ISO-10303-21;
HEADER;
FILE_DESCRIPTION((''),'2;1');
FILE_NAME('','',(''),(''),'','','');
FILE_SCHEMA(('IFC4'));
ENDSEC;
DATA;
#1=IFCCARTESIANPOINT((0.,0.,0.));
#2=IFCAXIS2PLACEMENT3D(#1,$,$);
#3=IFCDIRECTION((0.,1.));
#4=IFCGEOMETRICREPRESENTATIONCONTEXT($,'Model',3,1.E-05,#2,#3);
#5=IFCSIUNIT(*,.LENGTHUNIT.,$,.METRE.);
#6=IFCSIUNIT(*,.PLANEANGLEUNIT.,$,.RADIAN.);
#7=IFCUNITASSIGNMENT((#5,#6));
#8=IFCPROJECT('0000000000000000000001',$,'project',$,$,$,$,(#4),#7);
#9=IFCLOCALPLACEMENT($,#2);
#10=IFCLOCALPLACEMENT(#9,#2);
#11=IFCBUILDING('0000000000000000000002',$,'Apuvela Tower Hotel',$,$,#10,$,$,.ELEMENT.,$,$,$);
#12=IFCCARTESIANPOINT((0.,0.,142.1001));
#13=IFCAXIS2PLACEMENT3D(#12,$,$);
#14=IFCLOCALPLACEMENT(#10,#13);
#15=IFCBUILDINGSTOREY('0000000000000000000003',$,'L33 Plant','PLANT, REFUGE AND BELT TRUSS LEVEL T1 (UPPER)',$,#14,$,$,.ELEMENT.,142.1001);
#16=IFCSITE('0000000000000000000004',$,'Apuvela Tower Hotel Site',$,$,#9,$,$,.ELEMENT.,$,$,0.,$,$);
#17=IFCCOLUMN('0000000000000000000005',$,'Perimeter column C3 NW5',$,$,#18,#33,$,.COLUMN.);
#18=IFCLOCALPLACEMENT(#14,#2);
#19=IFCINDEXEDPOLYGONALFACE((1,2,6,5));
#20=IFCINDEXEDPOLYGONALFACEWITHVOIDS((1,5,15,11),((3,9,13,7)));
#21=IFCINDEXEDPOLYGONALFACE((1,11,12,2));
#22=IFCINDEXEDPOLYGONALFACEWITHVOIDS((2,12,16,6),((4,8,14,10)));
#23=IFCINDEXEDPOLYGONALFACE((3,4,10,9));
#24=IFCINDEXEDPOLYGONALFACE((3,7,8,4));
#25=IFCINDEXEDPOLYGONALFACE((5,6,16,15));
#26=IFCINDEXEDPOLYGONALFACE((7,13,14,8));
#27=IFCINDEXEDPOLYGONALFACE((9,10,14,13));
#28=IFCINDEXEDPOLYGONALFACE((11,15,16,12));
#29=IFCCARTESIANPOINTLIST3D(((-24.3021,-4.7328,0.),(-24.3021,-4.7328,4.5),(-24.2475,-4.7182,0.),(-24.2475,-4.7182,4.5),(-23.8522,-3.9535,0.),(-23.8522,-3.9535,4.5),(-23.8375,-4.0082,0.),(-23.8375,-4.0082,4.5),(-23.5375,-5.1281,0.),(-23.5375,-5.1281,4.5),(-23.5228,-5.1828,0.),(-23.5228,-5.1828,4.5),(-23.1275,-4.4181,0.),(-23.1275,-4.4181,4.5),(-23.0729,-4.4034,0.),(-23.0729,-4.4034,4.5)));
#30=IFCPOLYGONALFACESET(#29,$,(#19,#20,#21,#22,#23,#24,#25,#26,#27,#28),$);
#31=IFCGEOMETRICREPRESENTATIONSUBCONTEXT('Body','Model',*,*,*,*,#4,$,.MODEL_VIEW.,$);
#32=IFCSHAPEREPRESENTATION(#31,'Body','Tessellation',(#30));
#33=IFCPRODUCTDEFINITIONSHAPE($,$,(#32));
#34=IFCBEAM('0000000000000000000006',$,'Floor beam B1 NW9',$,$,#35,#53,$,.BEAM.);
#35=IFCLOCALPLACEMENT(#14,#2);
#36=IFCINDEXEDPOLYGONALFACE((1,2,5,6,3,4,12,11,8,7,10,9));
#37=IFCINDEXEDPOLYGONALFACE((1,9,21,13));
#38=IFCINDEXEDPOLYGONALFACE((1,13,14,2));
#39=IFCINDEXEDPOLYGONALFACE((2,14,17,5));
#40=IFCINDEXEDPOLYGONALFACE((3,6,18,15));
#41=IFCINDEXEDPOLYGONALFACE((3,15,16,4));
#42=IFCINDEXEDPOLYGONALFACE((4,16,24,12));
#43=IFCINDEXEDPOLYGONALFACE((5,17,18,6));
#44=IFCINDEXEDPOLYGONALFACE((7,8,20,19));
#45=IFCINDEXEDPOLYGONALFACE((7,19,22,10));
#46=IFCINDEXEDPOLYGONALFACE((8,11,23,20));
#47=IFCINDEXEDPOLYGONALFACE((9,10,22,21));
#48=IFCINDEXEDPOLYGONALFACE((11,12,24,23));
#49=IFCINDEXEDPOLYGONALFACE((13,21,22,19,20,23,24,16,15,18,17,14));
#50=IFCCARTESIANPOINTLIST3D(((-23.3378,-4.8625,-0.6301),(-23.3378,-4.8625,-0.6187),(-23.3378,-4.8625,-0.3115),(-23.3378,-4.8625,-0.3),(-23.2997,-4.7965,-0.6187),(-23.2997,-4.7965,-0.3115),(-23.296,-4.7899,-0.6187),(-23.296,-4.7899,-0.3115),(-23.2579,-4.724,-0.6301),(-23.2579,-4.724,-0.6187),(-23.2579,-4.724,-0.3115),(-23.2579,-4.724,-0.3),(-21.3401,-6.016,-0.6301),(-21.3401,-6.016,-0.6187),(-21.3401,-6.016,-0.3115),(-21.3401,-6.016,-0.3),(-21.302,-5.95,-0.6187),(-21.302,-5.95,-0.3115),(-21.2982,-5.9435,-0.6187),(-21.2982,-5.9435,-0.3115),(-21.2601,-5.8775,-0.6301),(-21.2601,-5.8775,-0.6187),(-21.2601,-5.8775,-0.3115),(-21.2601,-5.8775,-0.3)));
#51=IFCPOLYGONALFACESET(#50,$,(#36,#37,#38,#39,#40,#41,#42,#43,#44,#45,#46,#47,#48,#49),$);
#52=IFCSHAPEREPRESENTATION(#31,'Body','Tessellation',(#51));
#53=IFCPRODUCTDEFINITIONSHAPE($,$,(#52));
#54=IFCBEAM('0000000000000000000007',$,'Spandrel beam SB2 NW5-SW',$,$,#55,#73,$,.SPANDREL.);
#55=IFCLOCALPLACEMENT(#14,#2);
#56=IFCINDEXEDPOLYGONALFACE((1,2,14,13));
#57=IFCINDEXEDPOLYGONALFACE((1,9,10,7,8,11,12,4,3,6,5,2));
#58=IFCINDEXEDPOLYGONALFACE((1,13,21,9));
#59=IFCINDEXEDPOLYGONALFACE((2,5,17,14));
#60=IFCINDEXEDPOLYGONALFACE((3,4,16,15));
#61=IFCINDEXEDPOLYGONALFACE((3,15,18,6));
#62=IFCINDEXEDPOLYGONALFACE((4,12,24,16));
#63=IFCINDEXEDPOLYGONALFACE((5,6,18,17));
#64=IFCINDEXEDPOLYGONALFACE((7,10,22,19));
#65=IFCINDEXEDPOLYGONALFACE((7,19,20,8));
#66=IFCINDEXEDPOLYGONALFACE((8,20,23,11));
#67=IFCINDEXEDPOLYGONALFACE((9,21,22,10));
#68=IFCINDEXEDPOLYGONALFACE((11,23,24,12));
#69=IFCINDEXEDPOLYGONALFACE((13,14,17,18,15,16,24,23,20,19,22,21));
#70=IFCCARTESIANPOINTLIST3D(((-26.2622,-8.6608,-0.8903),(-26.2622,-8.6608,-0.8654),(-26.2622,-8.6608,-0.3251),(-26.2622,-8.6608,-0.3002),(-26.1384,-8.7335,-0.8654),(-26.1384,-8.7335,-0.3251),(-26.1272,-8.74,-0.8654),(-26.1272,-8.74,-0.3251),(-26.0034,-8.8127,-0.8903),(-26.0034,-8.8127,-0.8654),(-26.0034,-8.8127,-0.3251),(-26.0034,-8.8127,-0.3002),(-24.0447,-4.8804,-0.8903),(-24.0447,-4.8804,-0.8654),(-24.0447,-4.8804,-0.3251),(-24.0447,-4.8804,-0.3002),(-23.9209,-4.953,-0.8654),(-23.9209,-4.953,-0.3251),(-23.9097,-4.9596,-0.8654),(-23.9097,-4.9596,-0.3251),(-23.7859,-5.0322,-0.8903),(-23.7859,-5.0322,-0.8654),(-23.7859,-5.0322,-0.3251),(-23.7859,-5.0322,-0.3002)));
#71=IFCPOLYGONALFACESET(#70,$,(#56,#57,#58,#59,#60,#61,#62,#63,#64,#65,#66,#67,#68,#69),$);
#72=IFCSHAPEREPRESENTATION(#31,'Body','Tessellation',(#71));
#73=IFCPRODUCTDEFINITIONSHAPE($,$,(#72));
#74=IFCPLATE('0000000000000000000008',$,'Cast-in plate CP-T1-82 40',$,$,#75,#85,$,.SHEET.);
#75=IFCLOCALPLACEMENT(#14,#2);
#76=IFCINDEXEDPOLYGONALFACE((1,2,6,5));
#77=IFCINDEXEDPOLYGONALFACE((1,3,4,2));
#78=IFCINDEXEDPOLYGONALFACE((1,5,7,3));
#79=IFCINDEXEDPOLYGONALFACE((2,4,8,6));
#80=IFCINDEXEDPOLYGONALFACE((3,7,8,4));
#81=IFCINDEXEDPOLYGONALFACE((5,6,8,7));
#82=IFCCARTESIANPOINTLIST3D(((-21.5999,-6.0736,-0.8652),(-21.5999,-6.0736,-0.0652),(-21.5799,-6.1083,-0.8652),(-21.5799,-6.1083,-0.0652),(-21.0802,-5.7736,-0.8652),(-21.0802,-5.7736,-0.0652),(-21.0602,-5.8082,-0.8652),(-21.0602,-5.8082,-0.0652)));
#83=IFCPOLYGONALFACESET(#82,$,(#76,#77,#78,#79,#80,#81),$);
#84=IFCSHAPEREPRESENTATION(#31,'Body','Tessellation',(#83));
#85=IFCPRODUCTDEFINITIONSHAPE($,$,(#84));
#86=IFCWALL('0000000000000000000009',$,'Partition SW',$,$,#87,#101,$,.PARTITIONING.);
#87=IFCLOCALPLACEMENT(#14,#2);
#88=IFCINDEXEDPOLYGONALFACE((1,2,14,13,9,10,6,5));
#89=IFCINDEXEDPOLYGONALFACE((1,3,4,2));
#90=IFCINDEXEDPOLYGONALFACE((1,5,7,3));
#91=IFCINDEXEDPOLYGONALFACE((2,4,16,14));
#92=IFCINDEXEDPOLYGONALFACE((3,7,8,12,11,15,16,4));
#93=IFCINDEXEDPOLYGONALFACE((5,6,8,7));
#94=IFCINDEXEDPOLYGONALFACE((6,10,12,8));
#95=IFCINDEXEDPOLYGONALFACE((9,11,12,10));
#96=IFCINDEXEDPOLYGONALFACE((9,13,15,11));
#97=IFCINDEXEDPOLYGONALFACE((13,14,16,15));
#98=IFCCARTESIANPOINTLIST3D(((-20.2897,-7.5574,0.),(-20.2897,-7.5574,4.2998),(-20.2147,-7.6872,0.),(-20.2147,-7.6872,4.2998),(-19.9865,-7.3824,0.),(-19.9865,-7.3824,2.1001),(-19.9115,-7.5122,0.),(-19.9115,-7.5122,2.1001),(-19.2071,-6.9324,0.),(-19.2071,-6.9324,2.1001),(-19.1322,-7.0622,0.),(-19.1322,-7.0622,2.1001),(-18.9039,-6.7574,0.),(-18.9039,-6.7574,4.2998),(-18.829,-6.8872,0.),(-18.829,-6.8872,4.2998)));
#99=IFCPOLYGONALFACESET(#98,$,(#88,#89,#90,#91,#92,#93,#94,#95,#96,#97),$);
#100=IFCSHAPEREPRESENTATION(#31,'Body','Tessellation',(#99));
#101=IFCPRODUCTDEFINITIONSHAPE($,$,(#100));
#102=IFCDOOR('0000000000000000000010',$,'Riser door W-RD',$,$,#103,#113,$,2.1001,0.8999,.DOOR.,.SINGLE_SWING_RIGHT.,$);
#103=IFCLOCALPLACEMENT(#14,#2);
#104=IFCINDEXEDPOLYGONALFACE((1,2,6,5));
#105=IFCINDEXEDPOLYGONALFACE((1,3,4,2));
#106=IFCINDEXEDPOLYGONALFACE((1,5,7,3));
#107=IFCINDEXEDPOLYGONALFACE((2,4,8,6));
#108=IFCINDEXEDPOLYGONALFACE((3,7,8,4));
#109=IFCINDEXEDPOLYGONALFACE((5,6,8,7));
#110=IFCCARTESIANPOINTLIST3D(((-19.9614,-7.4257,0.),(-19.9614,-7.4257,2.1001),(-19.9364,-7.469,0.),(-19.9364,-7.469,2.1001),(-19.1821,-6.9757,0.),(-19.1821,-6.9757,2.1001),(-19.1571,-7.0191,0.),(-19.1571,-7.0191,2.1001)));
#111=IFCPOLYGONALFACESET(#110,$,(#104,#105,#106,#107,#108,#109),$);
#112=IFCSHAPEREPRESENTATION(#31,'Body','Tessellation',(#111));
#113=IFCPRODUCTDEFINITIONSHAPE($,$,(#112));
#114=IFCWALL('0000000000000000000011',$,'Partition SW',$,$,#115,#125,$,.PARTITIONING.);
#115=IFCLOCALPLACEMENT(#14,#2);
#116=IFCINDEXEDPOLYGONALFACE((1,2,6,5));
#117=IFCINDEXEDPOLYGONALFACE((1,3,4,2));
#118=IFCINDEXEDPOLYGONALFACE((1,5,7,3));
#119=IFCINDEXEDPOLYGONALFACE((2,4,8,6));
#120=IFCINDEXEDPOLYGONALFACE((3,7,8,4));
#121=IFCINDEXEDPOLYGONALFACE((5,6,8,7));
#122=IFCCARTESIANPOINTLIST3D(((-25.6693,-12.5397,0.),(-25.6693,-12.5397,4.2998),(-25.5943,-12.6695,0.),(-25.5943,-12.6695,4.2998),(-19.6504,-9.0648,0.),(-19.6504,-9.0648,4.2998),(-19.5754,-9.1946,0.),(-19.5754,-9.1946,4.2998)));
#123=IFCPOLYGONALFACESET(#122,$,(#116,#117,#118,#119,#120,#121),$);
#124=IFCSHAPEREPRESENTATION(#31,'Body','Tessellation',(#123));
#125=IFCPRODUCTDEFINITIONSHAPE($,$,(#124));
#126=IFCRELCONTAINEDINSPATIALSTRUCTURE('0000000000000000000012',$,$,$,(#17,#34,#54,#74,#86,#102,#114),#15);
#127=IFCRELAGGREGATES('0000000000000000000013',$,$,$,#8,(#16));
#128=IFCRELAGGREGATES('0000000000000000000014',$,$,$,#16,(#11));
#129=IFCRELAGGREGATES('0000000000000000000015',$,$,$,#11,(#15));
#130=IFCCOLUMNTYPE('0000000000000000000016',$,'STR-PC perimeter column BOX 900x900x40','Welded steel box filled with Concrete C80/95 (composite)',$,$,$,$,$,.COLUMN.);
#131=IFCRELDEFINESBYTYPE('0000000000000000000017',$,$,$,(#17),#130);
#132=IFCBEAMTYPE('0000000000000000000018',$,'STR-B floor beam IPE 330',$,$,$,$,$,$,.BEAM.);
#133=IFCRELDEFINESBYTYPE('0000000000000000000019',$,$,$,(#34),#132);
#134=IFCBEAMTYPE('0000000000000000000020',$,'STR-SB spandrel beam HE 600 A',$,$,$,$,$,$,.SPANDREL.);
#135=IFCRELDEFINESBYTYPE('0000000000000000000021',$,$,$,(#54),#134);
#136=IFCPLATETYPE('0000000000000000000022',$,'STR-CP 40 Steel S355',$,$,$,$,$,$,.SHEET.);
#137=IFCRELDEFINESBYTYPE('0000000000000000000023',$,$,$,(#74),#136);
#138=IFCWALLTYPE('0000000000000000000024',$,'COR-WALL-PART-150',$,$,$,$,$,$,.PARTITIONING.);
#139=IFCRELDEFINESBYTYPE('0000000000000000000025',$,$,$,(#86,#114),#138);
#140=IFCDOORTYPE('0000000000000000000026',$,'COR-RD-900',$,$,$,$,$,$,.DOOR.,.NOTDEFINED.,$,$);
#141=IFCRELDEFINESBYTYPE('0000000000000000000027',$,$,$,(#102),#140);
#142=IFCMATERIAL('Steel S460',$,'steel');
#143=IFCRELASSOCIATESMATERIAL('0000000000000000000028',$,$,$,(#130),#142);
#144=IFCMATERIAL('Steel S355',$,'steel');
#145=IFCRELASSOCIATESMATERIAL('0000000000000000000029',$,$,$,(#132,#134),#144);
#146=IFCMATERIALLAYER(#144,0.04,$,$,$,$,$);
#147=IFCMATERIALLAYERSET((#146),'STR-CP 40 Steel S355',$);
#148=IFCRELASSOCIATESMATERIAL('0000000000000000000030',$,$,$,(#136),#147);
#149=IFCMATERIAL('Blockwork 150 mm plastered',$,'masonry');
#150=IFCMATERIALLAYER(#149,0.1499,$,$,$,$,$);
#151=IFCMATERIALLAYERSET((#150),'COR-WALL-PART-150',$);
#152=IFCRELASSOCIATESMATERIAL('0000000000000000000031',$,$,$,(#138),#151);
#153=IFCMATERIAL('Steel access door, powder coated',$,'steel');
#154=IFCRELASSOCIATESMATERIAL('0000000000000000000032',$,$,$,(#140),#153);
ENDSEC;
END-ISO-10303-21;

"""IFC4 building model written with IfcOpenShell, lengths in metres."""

from ifc_helpers import new_model, si_unit, direction, frame, frame_2d, origin, origin_2d, place, context, subcontext, project, spatial, rectangle, hollow_rectangle, i_section, extrude, material, layer, layer_set, material_profile, profile_set, type_object, element, fill, save


model = new_model("IFC4")

# Units and contexts
model_context = context("Model", 3, precision=1e-05, world=origin(), true_north=direction((0.0, 1.0)))
body_context = subcontext(model_context, "Body", "Model", "MODEL_VIEW")
ifc_project = project(units=[si_unit("LENGTHUNIT", "METRE"), si_unit("PLANEANGLEUNIT", "RADIAN")], contexts=[model_context])

# Site, building, storey
site_placement = place(None, origin())
site = spatial("IfcSite", under=ifc_project, at=site_placement, Name="Apuvela Tower Hotel Site", CompositionType="ELEMENT", RefElevation=0.0)
building_placement = place(site_placement, origin())
building = spatial("IfcBuilding", under=site, at=building_placement, Name="Apuvela Tower Hotel", CompositionType="ELEMENT")
storey_placement = place(building_placement, frame((0.0, 0.0, 142.1001)))
storey = spatial("IfcBuildingStorey", under=building, at=storey_placement, Name="L33 Plant", Description="PLANT, REFUGE AND BELT TRUSS LEVEL T1 (UPPER)", CompositionType="ELEMENT", Elevation=142.1001)

# Column
ifc_material_1 = material(Name="Steel S460", Category="steel")
ifc_material_profile_1 = material_profile(ifc_material_1, hollow_rectangle(XDim=0.8999, YDim=0.8999, WallThickness=0.04, at=origin_2d()), Name="BOX 900x900x40")
ifc_material_2 = material(Name="Concrete C80/95", Category="concrete")
ifc_material_profile_2 = material_profile(ifc_material_2, rectangle(XDim=0.8201, YDim=0.8201, at=origin_2d()), Name="Concrete C80/95 infill")
ifc_profile_set_1 = profile_set([ifc_material_profile_1, ifc_material_profile_2], Name="Steel S460")
column_type = type_object("IfcColumnType", Name="STR-PC perimeter column BOX 900x900x40", Description="Welded steel box filled with Concrete C80/95 (composite)", PredefinedType="COLUMN", material=ifc_profile_set_1)
column_placement = place(storey_placement, frame((-23.6875, -4.5681, 0.0), z_axis=(0.0, 0.0, 1.0), x_axis=(0.5, 0.866025, 0.0)))
element("IfcColumn", 1, at=column_placement, inside=storey, type_object=column_type, Name="Perimeter column C3 NW5", PredefinedType="COLUMN", context=body_context, shape_type="SweptSolid", body=[
    extrude(hollow_rectangle(XDim=0.8999, YDim=0.8999, WallThickness=0.04, at=origin_2d()), origin(), (0.0, 0.0, 1.0), 4.5),
])

# Beams
ifc_material_3 = material(Name="Steel S355", Category="steel")
ifc_material_profile_3 = material_profile(ifc_material_3, i_section(OverallWidth=0.1599, OverallDepth=0.3301, WebThickness=0.0076, FlangeThickness=0.0115, at=origin_2d()), Name="IPE 330")
ifc_profile_set_2 = profile_set([ifc_material_profile_3], Name="Steel S355")
beam_type_1 = type_object("IfcBeamType", Name="STR-B floor beam IPE 330", PredefinedType="BEAM", material=ifc_profile_set_2)
beam_1_placement = place(storey_placement, frame((-23.2979, -4.7932, -0.4651), z_axis=(0.866001, -0.500043, 0.0), x_axis=(0.500043, 0.866001, 0.0)))
element("IfcBeam", 2, at=beam_1_placement, inside=storey, type_object=beam_type_1, Name="Floor beam B1 NW9", PredefinedType="BEAM", context=body_context, shape_type="SweptSolid", body=[
    extrude(i_section(OverallWidth=0.1599, OverallDepth=0.3301, WebThickness=0.0076, FlangeThickness=0.0115, at=origin_2d()), origin(), (0.0, 0.0, 1.0), 2.3069),
])
ifc_material_profile_4 = material_profile(ifc_material_3, i_section(OverallWidth=0.3, OverallDepth=0.5901, WebThickness=0.0129, FlangeThickness=0.0249, at=origin_2d()), Name="HE 600 A")
ifc_profile_set_3 = profile_set([ifc_material_profile_4], Name="Steel S355")
beam_type_2 = type_object("IfcBeamType", Name="STR-SB spandrel beam HE 600 A", PredefinedType="SPANDREL", material=ifc_profile_set_3)
beam_2_placement = place(storey_placement, frame((-23.9153, -4.9563, -0.5952), z_axis=(-0.505951, -0.862562, 0.0), x_axis=(0.862562, -0.505951, 0.0)))
element("IfcBeam", 3, at=beam_2_placement, inside=storey, type_object=beam_type_2, Name="Spandrel beam SB2 NW5-SW", PredefinedType="SPANDREL", context=body_context, shape_type="SweptSolid", body=[
    extrude(i_section(OverallWidth=0.3, OverallDepth=0.5901, WebThickness=0.0129, FlangeThickness=0.0249, at=origin_2d()), origin(), (0.0, 0.0, 1.0), 4.3828),
])

# Plate
ifc_layer_1 = layer(ifc_material_3, 0.04)
ifc_layer_set_1 = layer_set([ifc_layer_1], Name="STR-CP 40 Steel S355")
plate_type = type_object("IfcPlateType", Name="STR-CP 40 Steel S355", PredefinedType="SHEET", material=ifc_layer_set_1)
plate_placement = place(storey_placement, frame((-21.3301, -5.9409, -0.8652), z_axis=(0.0, 0.0, 1.0), x_axis=(0.5, -0.866025, 0.0)))
element("IfcPlate", 4, at=plate_placement, inside=storey, type_object=plate_type, Name="Cast-in plate CP-T1-82 40", PredefinedType="SHEET", context=body_context, shape_type="SweptSolid", body=[
    extrude(rectangle(XDim=0.04, YDim=0.6001, at=origin_2d()), origin(), (0.0, 0.0, 1.0), 0.8),
])

# Wall, opening, door
ifc_material_4 = material(Name="Blockwork 150 mm plastered", Category="masonry")
ifc_layer_2 = layer(ifc_material_4, 0.1499)
ifc_layer_set_2 = layer_set([ifc_layer_2], Name="COR-WALL-PART-150")
wall_type_1 = type_object("IfcWallType", Name="COR-WALL-PART-150", PredefinedType="PARTITIONING", material=ifc_layer_set_2)
wall_1_placement = place(storey_placement, frame((-18.8665, -6.8223, 0.0), z_axis=(0.0, 0.0, 1.0), x_axis=(-0.866028, -0.499995, 0.0)))
wall_1 = element("IfcWall", 5, at=wall_1_placement, inside=storey, type_object=wall_type_1, Name="Partition SW", PredefinedType="PARTITIONING", context=body_context, shape_type="SweptSolid", body=[
    extrude(rectangle(XDim=1.6001, YDim=0.1499, at=frame_2d((0.8, 0.0))), origin(), (0.0, 0.0, 1.0), 4.2998),
])
opening_1_placement = place(wall_1_placement, frame((0.3501, 0.0, 0.0)))
opening_1 = element("IfcOpeningElement", 6, at=opening_1_placement, cuts=wall_1, PredefinedType="OPENING", context=body_context, shape_type="SweptSolid", body=[
    extrude(rectangle(XDim=0.8999, YDim=2.1001, at=frame_2d((0.45, 1.05))), frame((0.0, 0.085, 0.0), z_axis=(0.0, -1.0, 0.0), x_axis=(1.0, 0.0, 0.0)), (0.0, 0.0, 1.0), 0.1699),
])
ifc_material_5 = material(Name="Steel access door, powder coated", Category="steel")
door_type_1 = type_object("IfcDoorType", Name="COR-RD-900", OperationType="NOTDEFINED", PredefinedType="DOOR", material=ifc_material_5)
door_1_placement = place(opening_1_placement, frame((0.8999, 0.0, 0.0), z_axis=(0.0, 0.0, 1.0), x_axis=(-1.0, 0.0, 0.0)))
door_1 = element("IfcDoor", 7, at=door_1_placement, inside=storey, type_object=door_type_1, Name="Riser door W-RD", OperationType="SINGLE_SWING_RIGHT", OverallHeight=2.1001, OverallWidth=0.8999, PredefinedType="DOOR", context=body_context, shape_type="SweptSolid", body=[
    extrude(rectangle(XDim=0.8999, YDim=2.1001, at=frame_2d((0.45, 1.05))), frame((0.0, 0.0249, 0.0), z_axis=(0.0, -1.0, 0.0), x_axis=(1.0, 0.0, 0.0)), (0.0, 0.0, 1.0), 0.05),
])
fill(opening_1, door_1)

# Wall
wall_2_placement = place(storey_placement, frame((-19.6128, -9.1296, 0.0), z_axis=(0.0, 0.0, 1.0), x_axis=(-0.866032, -0.499989, 0.0)))
element("IfcWall", 8, at=wall_2_placement, inside=storey, type_object=wall_type_1, Name="Partition SW", PredefinedType="PARTITIONING", context=body_context, shape_type="SweptSolid", body=[
    extrude(rectangle(XDim=6.95, YDim=0.1499, at=frame_2d((3.4751, 0.0))), origin(), (0.0, 0.0, 1.0), 4.2998),
])

save(model, "model.ifc")
